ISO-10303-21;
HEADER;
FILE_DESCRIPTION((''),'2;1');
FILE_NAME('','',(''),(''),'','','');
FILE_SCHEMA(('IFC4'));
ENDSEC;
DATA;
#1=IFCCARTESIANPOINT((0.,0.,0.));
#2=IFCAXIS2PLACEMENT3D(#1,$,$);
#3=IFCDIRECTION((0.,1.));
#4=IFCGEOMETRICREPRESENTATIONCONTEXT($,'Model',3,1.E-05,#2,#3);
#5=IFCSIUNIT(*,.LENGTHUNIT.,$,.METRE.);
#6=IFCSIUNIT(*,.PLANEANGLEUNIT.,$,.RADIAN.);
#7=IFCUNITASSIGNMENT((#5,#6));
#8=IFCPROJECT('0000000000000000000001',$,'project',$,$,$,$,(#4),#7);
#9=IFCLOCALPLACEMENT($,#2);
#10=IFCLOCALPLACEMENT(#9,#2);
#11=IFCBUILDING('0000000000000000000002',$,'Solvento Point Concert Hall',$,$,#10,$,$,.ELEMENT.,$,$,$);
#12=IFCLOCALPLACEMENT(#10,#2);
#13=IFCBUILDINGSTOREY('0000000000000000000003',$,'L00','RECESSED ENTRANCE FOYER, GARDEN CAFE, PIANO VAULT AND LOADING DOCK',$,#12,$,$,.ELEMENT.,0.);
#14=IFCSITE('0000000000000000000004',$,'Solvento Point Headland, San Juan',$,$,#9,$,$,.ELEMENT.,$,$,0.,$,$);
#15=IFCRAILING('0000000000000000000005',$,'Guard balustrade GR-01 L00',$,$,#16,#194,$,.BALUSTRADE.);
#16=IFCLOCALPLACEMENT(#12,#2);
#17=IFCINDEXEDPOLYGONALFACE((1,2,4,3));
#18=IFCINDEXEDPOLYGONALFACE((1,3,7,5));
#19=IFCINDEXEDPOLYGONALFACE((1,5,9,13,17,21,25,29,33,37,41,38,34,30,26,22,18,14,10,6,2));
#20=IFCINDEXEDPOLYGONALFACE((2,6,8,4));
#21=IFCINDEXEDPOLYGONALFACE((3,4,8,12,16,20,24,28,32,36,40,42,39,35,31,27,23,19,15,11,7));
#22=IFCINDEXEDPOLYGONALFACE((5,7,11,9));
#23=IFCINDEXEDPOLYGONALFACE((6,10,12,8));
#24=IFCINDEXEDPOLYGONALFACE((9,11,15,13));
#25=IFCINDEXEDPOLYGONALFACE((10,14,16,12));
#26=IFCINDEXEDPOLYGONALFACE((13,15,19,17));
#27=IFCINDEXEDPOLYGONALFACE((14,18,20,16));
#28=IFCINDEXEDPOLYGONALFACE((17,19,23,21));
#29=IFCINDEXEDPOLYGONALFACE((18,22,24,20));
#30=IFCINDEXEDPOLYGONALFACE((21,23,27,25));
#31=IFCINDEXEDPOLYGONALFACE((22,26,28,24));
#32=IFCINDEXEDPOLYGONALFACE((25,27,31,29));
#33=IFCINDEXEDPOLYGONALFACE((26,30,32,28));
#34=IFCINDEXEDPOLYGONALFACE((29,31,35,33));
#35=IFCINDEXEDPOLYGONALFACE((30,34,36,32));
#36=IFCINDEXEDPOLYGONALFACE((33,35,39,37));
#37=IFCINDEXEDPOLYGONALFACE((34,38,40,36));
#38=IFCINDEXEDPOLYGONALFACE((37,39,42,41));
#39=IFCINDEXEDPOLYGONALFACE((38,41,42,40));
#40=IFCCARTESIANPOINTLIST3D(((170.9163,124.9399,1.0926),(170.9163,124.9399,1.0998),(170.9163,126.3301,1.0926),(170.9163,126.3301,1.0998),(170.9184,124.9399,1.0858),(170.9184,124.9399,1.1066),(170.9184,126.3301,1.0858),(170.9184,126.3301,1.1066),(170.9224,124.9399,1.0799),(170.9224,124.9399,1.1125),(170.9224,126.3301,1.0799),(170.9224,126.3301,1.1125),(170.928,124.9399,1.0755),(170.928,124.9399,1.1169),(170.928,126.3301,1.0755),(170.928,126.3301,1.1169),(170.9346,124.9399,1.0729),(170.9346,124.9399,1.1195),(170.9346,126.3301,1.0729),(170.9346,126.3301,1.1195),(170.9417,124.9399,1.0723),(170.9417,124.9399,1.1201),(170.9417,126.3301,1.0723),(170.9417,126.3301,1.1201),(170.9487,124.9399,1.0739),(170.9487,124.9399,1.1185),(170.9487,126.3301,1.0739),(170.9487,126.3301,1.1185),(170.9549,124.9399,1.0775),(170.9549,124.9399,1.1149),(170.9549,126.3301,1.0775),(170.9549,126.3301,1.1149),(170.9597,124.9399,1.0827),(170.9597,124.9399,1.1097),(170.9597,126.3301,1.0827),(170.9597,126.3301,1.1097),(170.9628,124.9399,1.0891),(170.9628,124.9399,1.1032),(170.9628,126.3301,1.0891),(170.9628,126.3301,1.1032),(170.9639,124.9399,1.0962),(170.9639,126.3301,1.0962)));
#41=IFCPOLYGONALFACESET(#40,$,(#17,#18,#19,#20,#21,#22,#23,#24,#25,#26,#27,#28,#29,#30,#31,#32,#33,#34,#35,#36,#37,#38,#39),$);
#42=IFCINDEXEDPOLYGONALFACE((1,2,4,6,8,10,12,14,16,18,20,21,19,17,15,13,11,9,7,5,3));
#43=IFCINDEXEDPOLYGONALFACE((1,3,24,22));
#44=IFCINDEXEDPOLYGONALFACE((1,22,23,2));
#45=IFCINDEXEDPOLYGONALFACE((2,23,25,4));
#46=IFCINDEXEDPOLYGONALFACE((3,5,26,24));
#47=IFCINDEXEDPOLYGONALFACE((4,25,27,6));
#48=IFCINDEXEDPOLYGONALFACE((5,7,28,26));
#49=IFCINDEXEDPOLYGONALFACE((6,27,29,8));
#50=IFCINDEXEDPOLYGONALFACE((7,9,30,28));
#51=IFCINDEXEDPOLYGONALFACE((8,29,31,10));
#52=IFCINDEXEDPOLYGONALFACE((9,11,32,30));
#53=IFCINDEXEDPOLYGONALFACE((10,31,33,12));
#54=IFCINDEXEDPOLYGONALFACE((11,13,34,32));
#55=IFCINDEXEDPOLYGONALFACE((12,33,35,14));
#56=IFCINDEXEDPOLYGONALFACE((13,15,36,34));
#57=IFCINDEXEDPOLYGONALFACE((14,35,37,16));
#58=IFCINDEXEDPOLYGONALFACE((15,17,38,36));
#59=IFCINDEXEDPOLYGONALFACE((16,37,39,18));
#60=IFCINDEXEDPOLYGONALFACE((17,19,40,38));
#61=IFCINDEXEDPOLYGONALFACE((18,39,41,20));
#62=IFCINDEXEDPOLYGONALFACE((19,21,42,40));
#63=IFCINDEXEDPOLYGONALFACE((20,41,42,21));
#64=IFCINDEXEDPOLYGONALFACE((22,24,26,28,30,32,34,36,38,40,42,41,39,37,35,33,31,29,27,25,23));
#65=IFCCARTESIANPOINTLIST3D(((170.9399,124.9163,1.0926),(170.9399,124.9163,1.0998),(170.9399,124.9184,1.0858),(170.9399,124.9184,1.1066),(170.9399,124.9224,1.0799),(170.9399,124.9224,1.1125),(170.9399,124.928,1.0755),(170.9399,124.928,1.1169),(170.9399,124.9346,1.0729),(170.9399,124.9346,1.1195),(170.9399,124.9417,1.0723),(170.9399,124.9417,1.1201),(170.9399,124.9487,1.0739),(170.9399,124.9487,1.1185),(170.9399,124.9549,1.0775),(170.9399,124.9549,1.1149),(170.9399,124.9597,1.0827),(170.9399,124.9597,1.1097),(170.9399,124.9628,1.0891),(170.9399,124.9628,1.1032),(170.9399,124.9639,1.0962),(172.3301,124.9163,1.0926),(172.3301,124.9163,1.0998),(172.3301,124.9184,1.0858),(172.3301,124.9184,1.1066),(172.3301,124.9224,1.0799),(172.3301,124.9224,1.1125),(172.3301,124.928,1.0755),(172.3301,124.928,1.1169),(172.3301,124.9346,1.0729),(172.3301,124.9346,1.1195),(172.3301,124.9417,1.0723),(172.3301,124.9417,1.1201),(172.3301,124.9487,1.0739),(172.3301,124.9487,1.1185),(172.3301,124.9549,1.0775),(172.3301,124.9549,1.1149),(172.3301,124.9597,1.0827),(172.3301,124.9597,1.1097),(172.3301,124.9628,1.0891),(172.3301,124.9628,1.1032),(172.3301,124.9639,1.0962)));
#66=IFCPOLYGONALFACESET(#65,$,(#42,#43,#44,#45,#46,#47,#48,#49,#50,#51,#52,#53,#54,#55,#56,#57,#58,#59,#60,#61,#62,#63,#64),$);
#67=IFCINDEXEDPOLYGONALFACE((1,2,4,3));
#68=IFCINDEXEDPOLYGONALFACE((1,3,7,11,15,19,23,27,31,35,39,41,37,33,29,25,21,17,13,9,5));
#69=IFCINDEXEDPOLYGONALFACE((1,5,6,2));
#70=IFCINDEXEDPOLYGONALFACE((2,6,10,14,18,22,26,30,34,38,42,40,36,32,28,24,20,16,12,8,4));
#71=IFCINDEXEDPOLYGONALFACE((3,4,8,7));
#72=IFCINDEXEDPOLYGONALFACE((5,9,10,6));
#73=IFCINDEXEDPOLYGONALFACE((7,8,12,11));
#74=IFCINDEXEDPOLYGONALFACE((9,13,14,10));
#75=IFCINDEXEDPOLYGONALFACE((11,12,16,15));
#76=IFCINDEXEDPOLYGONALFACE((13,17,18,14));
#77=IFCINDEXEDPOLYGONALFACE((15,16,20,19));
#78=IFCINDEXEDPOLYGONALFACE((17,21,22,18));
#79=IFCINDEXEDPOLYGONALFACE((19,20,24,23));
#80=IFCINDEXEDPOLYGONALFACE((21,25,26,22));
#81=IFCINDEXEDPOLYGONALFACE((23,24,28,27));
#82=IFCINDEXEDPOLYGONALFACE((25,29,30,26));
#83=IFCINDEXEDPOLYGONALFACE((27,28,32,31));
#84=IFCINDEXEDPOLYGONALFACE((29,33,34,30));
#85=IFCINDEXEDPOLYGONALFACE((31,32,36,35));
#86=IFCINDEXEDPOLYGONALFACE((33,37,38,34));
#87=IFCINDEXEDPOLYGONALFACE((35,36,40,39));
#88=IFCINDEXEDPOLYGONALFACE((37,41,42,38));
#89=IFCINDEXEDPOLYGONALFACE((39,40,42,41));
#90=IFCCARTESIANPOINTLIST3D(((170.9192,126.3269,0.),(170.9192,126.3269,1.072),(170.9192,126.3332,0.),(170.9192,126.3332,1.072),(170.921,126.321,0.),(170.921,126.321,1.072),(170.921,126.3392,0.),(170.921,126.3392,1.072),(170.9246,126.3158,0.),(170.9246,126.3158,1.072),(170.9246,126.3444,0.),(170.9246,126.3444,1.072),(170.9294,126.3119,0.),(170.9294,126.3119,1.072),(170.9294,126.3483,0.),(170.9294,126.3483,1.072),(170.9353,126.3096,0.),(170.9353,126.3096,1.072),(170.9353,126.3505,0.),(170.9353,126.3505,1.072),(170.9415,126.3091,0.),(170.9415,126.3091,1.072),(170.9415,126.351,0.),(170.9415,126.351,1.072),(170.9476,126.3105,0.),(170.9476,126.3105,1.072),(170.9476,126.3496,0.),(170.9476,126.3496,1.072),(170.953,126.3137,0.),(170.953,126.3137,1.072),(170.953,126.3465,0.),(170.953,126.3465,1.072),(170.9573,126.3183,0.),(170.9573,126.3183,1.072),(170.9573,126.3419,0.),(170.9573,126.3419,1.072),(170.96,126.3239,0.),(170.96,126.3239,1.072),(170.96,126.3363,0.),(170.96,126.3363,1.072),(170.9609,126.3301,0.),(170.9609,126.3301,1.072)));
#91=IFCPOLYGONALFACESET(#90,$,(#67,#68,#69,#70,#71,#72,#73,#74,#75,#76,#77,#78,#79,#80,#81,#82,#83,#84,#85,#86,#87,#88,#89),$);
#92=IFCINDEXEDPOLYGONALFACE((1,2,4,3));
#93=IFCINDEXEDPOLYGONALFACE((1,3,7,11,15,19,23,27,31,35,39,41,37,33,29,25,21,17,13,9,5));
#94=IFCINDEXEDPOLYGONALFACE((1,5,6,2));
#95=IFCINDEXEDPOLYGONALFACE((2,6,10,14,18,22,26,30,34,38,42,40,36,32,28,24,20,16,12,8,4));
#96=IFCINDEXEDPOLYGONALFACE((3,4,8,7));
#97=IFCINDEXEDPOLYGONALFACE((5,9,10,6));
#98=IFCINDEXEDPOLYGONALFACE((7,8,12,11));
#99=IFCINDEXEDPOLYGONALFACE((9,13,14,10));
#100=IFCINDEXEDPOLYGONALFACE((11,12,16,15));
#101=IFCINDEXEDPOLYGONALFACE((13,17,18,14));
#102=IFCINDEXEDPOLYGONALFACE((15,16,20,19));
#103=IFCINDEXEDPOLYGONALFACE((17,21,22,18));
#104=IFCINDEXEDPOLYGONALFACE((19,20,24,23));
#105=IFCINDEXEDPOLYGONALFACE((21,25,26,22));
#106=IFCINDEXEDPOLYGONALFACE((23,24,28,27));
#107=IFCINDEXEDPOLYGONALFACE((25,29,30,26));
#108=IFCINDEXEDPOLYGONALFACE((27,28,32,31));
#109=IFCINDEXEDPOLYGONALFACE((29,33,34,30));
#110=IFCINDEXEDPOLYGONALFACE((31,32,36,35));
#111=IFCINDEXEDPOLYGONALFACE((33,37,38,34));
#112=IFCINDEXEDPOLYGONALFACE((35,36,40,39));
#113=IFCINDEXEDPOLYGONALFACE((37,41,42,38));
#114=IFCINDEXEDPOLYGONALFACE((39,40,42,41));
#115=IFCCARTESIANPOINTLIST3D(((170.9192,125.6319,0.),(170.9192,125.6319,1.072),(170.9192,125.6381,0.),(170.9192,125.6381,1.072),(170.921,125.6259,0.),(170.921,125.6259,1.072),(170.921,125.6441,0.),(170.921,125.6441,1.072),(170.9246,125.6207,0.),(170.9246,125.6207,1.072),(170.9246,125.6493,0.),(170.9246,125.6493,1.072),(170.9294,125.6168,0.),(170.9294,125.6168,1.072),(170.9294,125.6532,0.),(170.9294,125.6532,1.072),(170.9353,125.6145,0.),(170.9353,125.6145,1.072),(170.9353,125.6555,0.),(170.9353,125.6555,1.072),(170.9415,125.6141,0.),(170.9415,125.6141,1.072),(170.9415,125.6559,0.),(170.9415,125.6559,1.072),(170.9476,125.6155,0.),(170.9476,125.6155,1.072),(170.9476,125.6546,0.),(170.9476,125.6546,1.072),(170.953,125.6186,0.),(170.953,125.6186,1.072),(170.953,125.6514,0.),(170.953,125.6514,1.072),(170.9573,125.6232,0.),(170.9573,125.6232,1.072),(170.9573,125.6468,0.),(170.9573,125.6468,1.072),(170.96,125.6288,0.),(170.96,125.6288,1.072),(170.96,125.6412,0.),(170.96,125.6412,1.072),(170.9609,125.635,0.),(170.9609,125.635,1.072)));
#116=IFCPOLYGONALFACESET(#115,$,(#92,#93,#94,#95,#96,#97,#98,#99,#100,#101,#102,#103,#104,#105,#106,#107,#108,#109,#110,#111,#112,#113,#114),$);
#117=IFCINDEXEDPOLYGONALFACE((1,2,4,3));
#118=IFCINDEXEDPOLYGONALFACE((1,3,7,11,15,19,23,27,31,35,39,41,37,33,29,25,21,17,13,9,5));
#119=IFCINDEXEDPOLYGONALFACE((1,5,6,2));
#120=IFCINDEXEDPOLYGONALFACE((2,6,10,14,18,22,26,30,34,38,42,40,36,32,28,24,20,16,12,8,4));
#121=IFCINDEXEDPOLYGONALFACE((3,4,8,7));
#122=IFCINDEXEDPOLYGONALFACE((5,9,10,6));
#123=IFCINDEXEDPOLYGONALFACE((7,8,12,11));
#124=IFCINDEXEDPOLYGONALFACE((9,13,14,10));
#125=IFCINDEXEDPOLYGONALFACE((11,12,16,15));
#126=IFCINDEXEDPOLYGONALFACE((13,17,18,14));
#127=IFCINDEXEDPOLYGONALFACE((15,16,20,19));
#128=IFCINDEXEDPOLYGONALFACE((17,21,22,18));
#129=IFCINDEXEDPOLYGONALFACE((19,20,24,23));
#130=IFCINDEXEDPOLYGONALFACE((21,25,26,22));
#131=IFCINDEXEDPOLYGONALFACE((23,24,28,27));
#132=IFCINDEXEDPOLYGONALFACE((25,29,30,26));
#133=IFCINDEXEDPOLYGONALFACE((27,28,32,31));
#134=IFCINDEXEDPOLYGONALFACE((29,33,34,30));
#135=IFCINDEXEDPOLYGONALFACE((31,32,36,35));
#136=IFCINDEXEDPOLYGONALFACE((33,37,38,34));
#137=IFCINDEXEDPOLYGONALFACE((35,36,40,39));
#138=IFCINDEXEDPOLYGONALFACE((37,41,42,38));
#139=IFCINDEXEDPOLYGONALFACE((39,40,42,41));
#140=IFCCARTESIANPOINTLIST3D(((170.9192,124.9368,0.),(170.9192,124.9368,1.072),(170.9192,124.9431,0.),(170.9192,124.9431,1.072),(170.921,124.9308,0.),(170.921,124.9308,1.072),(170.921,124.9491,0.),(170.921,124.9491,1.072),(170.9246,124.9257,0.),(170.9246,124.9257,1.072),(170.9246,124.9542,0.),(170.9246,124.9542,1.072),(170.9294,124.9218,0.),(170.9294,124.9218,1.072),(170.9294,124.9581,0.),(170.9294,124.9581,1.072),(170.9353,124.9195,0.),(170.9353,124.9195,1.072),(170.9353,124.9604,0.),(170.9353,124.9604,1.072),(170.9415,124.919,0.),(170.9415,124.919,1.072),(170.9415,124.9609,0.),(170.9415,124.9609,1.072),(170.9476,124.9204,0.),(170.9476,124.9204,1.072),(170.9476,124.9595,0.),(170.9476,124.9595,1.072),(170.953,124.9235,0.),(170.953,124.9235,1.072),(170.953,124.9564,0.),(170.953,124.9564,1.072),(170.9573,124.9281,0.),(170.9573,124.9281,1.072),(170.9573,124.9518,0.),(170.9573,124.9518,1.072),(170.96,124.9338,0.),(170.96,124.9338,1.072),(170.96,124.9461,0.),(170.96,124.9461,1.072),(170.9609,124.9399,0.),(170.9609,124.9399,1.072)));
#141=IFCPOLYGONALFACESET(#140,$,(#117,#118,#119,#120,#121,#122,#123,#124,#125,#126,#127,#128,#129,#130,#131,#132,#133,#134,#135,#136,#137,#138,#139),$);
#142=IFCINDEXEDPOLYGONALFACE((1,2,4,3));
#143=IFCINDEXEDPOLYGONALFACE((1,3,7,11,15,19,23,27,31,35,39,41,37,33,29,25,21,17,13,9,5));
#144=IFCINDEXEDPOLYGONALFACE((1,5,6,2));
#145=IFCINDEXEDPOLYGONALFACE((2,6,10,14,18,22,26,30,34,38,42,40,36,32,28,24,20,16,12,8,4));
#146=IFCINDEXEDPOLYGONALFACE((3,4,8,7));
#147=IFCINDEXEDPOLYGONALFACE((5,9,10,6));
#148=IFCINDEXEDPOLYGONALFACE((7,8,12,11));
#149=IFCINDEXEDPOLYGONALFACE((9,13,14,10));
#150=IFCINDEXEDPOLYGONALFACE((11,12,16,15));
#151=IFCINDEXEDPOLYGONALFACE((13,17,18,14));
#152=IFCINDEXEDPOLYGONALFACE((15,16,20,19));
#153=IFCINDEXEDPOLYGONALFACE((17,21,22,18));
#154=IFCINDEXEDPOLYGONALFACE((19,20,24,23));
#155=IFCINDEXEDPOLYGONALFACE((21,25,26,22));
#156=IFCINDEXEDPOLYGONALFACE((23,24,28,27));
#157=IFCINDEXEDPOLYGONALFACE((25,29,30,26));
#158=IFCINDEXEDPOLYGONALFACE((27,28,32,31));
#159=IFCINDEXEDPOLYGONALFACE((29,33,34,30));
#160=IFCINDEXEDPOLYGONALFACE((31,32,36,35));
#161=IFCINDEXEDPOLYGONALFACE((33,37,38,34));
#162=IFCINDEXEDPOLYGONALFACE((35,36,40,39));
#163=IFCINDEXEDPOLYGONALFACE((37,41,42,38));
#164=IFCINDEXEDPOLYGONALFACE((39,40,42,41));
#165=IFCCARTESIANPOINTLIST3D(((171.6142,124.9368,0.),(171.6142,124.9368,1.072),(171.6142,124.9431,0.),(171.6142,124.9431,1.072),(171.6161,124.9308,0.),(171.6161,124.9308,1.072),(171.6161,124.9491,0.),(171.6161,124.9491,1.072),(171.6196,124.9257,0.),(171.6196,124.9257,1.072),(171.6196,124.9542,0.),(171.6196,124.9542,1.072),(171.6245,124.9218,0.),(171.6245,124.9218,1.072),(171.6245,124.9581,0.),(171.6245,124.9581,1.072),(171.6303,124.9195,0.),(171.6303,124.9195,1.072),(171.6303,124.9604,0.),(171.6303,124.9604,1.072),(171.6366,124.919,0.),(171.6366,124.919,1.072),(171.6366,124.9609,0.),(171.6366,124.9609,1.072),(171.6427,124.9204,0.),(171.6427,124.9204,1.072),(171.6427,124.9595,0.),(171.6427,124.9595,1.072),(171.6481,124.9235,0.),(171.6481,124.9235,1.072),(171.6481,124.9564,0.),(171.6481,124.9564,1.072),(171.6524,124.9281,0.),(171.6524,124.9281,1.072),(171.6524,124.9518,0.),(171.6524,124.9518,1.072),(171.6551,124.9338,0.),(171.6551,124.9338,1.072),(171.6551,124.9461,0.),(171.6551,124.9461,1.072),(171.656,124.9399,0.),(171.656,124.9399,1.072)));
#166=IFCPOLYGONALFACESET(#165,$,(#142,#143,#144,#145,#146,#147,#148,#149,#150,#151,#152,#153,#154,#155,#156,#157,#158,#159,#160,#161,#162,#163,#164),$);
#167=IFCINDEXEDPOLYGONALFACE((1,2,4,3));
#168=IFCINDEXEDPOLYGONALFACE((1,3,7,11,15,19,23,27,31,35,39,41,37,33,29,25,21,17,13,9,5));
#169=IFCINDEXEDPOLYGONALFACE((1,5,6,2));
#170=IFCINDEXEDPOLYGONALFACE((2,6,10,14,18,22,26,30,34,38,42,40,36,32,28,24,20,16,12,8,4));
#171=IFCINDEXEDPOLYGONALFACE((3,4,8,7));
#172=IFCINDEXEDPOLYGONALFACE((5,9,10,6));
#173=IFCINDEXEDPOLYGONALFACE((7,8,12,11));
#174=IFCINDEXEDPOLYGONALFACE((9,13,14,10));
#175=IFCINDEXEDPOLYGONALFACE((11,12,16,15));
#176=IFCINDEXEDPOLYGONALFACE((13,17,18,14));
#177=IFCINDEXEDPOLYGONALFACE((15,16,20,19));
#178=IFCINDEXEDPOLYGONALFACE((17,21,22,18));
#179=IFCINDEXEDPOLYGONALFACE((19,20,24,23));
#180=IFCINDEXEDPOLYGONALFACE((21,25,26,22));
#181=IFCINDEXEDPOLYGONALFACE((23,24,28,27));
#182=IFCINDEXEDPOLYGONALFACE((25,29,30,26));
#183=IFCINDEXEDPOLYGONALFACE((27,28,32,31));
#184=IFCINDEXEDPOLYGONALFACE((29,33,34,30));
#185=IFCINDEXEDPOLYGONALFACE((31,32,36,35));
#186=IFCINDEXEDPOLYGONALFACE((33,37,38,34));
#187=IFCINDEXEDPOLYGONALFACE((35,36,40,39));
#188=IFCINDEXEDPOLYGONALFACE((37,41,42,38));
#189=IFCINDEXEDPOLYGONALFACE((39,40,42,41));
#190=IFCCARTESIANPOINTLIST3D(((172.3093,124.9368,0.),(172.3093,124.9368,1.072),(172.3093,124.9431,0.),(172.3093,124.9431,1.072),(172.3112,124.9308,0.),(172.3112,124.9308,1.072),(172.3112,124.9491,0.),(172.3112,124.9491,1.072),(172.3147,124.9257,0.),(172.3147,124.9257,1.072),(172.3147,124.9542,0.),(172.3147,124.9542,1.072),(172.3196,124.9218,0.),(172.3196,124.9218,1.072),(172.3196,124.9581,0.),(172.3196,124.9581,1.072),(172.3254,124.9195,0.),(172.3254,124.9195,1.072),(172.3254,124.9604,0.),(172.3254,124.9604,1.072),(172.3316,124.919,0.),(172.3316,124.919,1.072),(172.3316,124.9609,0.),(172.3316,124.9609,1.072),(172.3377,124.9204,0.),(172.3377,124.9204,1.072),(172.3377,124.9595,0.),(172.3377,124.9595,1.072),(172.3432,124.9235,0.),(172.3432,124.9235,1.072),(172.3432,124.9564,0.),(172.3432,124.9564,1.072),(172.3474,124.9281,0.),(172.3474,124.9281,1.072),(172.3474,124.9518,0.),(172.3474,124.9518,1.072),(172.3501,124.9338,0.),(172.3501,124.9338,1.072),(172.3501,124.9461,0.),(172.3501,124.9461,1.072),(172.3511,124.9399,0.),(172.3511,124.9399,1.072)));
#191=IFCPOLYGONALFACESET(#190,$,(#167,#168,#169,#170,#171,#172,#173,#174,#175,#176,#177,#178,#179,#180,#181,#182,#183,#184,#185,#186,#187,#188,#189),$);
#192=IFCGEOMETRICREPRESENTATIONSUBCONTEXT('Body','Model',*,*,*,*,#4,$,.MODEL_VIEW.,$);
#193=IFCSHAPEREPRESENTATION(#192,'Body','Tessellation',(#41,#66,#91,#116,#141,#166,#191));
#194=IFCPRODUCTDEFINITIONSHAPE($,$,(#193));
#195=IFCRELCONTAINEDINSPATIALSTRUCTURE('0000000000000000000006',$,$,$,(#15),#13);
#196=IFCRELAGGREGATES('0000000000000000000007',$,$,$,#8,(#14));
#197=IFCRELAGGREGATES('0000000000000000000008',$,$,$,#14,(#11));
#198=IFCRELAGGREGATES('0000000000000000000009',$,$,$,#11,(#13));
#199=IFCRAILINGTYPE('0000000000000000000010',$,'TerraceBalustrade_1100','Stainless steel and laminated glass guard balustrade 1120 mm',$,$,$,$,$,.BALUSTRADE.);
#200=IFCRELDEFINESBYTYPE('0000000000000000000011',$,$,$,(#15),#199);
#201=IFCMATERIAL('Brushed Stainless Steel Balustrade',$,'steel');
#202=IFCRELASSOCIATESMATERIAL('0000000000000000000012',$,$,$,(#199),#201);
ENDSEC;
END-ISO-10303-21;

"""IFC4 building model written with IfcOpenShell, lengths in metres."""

from ifc_helpers import new_model, si_unit, direction, frame, origin, origin_2d, place, context, subcontext, project, spatial, circle, extrude, material, type_object, element, save


model = new_model("IFC4")

# Units and contexts
model_context = context("Model", 3, precision=1e-05, world=origin(), true_north=direction((0.0, 1.0)))
body_context = subcontext(model_context, "Body", "Model", "MODEL_VIEW")
ifc_project = project(units=[si_unit("LENGTHUNIT", "METRE"), si_unit("PLANEANGLEUNIT", "RADIAN")], contexts=[model_context])

# Site, building, storey
site_placement = place(None, origin())
site = spatial("IfcSite", under=ifc_project, at=site_placement, Name="Solvento Point Headland, San Juan", CompositionType="ELEMENT", RefElevation=0.0)
building_placement = place(site_placement, origin())
building = spatial("IfcBuilding", under=site, at=building_placement, Name="Solvento Point Concert Hall", CompositionType="ELEMENT")
storey_placement = place(building_placement, origin())
storey = spatial("IfcBuildingStorey", under=building, at=storey_placement, Name="L00", Description="RECESSED ENTRANCE FOYER, GARDEN CAFE, PIANO VAULT AND LOADING DOCK", CompositionType="ELEMENT", Elevation=0.0)

# Railing
ifc_material_1 = material(Name="Brushed Stainless Steel Balustrade", Category="steel")
railing_type = type_object("IfcRailingType", Name="TerraceBalustrade_1100", Description="Stainless steel and laminated glass guard balustrade 1120 mm", PredefinedType="BALUSTRADE", material=ifc_material_1)
railing_1_placement = place(storey_placement, frame((170.9399, 126.3301, 0.0)))
element("IfcRailing", 1, at=railing_1_placement, inside=storey, type_object=railing_type, Name="Guard balustrade GR-01 L00", PredefinedType="BALUSTRADE", context=body_context, shape_type="SweptSolid", body=[
    extrude(circle(Radius=0.0239, at=origin_2d()), frame((0.0, 0.0, 1.0962), z_axis=(0.0, -1.0, 0.0), x_axis=(1.0, 0.0, 0.0)), (0.0, 0.0, 1.0), 1.3901),
    extrude(circle(Radius=0.0239, at=origin_2d()), frame((0.0, -1.3901, 1.0962), z_axis=(1.0, 0.0, 0.0), x_axis=(0.0, 1.0, 0.0)), (0.0, 0.0, 1.0), 1.3901),
    extrude(circle(Radius=0.021, at=origin_2d()), origin(), (0.0, 0.0, 1.0), 1.072),
    extrude(circle(Radius=0.021, at=origin_2d()), frame((0.0, -0.6951, 0.0)), (0.0, 0.0, 1.0), 1.072),
    extrude(circle(Radius=0.021, at=origin_2d()), frame((0.0, -1.3901, 0.0)), (0.0, 0.0, 1.0), 1.072),
    extrude(circle(Radius=0.021, at=origin_2d()), frame((0.6951, -1.3901, 0.0)), (0.0, 0.0, 1.0), 1.072),
    extrude(circle(Radius=0.021, at=origin_2d()), frame((1.3901, -1.3901, 0.0)), (0.0, 0.0, 1.0), 1.072),
])

save(model, "model.ifc")
